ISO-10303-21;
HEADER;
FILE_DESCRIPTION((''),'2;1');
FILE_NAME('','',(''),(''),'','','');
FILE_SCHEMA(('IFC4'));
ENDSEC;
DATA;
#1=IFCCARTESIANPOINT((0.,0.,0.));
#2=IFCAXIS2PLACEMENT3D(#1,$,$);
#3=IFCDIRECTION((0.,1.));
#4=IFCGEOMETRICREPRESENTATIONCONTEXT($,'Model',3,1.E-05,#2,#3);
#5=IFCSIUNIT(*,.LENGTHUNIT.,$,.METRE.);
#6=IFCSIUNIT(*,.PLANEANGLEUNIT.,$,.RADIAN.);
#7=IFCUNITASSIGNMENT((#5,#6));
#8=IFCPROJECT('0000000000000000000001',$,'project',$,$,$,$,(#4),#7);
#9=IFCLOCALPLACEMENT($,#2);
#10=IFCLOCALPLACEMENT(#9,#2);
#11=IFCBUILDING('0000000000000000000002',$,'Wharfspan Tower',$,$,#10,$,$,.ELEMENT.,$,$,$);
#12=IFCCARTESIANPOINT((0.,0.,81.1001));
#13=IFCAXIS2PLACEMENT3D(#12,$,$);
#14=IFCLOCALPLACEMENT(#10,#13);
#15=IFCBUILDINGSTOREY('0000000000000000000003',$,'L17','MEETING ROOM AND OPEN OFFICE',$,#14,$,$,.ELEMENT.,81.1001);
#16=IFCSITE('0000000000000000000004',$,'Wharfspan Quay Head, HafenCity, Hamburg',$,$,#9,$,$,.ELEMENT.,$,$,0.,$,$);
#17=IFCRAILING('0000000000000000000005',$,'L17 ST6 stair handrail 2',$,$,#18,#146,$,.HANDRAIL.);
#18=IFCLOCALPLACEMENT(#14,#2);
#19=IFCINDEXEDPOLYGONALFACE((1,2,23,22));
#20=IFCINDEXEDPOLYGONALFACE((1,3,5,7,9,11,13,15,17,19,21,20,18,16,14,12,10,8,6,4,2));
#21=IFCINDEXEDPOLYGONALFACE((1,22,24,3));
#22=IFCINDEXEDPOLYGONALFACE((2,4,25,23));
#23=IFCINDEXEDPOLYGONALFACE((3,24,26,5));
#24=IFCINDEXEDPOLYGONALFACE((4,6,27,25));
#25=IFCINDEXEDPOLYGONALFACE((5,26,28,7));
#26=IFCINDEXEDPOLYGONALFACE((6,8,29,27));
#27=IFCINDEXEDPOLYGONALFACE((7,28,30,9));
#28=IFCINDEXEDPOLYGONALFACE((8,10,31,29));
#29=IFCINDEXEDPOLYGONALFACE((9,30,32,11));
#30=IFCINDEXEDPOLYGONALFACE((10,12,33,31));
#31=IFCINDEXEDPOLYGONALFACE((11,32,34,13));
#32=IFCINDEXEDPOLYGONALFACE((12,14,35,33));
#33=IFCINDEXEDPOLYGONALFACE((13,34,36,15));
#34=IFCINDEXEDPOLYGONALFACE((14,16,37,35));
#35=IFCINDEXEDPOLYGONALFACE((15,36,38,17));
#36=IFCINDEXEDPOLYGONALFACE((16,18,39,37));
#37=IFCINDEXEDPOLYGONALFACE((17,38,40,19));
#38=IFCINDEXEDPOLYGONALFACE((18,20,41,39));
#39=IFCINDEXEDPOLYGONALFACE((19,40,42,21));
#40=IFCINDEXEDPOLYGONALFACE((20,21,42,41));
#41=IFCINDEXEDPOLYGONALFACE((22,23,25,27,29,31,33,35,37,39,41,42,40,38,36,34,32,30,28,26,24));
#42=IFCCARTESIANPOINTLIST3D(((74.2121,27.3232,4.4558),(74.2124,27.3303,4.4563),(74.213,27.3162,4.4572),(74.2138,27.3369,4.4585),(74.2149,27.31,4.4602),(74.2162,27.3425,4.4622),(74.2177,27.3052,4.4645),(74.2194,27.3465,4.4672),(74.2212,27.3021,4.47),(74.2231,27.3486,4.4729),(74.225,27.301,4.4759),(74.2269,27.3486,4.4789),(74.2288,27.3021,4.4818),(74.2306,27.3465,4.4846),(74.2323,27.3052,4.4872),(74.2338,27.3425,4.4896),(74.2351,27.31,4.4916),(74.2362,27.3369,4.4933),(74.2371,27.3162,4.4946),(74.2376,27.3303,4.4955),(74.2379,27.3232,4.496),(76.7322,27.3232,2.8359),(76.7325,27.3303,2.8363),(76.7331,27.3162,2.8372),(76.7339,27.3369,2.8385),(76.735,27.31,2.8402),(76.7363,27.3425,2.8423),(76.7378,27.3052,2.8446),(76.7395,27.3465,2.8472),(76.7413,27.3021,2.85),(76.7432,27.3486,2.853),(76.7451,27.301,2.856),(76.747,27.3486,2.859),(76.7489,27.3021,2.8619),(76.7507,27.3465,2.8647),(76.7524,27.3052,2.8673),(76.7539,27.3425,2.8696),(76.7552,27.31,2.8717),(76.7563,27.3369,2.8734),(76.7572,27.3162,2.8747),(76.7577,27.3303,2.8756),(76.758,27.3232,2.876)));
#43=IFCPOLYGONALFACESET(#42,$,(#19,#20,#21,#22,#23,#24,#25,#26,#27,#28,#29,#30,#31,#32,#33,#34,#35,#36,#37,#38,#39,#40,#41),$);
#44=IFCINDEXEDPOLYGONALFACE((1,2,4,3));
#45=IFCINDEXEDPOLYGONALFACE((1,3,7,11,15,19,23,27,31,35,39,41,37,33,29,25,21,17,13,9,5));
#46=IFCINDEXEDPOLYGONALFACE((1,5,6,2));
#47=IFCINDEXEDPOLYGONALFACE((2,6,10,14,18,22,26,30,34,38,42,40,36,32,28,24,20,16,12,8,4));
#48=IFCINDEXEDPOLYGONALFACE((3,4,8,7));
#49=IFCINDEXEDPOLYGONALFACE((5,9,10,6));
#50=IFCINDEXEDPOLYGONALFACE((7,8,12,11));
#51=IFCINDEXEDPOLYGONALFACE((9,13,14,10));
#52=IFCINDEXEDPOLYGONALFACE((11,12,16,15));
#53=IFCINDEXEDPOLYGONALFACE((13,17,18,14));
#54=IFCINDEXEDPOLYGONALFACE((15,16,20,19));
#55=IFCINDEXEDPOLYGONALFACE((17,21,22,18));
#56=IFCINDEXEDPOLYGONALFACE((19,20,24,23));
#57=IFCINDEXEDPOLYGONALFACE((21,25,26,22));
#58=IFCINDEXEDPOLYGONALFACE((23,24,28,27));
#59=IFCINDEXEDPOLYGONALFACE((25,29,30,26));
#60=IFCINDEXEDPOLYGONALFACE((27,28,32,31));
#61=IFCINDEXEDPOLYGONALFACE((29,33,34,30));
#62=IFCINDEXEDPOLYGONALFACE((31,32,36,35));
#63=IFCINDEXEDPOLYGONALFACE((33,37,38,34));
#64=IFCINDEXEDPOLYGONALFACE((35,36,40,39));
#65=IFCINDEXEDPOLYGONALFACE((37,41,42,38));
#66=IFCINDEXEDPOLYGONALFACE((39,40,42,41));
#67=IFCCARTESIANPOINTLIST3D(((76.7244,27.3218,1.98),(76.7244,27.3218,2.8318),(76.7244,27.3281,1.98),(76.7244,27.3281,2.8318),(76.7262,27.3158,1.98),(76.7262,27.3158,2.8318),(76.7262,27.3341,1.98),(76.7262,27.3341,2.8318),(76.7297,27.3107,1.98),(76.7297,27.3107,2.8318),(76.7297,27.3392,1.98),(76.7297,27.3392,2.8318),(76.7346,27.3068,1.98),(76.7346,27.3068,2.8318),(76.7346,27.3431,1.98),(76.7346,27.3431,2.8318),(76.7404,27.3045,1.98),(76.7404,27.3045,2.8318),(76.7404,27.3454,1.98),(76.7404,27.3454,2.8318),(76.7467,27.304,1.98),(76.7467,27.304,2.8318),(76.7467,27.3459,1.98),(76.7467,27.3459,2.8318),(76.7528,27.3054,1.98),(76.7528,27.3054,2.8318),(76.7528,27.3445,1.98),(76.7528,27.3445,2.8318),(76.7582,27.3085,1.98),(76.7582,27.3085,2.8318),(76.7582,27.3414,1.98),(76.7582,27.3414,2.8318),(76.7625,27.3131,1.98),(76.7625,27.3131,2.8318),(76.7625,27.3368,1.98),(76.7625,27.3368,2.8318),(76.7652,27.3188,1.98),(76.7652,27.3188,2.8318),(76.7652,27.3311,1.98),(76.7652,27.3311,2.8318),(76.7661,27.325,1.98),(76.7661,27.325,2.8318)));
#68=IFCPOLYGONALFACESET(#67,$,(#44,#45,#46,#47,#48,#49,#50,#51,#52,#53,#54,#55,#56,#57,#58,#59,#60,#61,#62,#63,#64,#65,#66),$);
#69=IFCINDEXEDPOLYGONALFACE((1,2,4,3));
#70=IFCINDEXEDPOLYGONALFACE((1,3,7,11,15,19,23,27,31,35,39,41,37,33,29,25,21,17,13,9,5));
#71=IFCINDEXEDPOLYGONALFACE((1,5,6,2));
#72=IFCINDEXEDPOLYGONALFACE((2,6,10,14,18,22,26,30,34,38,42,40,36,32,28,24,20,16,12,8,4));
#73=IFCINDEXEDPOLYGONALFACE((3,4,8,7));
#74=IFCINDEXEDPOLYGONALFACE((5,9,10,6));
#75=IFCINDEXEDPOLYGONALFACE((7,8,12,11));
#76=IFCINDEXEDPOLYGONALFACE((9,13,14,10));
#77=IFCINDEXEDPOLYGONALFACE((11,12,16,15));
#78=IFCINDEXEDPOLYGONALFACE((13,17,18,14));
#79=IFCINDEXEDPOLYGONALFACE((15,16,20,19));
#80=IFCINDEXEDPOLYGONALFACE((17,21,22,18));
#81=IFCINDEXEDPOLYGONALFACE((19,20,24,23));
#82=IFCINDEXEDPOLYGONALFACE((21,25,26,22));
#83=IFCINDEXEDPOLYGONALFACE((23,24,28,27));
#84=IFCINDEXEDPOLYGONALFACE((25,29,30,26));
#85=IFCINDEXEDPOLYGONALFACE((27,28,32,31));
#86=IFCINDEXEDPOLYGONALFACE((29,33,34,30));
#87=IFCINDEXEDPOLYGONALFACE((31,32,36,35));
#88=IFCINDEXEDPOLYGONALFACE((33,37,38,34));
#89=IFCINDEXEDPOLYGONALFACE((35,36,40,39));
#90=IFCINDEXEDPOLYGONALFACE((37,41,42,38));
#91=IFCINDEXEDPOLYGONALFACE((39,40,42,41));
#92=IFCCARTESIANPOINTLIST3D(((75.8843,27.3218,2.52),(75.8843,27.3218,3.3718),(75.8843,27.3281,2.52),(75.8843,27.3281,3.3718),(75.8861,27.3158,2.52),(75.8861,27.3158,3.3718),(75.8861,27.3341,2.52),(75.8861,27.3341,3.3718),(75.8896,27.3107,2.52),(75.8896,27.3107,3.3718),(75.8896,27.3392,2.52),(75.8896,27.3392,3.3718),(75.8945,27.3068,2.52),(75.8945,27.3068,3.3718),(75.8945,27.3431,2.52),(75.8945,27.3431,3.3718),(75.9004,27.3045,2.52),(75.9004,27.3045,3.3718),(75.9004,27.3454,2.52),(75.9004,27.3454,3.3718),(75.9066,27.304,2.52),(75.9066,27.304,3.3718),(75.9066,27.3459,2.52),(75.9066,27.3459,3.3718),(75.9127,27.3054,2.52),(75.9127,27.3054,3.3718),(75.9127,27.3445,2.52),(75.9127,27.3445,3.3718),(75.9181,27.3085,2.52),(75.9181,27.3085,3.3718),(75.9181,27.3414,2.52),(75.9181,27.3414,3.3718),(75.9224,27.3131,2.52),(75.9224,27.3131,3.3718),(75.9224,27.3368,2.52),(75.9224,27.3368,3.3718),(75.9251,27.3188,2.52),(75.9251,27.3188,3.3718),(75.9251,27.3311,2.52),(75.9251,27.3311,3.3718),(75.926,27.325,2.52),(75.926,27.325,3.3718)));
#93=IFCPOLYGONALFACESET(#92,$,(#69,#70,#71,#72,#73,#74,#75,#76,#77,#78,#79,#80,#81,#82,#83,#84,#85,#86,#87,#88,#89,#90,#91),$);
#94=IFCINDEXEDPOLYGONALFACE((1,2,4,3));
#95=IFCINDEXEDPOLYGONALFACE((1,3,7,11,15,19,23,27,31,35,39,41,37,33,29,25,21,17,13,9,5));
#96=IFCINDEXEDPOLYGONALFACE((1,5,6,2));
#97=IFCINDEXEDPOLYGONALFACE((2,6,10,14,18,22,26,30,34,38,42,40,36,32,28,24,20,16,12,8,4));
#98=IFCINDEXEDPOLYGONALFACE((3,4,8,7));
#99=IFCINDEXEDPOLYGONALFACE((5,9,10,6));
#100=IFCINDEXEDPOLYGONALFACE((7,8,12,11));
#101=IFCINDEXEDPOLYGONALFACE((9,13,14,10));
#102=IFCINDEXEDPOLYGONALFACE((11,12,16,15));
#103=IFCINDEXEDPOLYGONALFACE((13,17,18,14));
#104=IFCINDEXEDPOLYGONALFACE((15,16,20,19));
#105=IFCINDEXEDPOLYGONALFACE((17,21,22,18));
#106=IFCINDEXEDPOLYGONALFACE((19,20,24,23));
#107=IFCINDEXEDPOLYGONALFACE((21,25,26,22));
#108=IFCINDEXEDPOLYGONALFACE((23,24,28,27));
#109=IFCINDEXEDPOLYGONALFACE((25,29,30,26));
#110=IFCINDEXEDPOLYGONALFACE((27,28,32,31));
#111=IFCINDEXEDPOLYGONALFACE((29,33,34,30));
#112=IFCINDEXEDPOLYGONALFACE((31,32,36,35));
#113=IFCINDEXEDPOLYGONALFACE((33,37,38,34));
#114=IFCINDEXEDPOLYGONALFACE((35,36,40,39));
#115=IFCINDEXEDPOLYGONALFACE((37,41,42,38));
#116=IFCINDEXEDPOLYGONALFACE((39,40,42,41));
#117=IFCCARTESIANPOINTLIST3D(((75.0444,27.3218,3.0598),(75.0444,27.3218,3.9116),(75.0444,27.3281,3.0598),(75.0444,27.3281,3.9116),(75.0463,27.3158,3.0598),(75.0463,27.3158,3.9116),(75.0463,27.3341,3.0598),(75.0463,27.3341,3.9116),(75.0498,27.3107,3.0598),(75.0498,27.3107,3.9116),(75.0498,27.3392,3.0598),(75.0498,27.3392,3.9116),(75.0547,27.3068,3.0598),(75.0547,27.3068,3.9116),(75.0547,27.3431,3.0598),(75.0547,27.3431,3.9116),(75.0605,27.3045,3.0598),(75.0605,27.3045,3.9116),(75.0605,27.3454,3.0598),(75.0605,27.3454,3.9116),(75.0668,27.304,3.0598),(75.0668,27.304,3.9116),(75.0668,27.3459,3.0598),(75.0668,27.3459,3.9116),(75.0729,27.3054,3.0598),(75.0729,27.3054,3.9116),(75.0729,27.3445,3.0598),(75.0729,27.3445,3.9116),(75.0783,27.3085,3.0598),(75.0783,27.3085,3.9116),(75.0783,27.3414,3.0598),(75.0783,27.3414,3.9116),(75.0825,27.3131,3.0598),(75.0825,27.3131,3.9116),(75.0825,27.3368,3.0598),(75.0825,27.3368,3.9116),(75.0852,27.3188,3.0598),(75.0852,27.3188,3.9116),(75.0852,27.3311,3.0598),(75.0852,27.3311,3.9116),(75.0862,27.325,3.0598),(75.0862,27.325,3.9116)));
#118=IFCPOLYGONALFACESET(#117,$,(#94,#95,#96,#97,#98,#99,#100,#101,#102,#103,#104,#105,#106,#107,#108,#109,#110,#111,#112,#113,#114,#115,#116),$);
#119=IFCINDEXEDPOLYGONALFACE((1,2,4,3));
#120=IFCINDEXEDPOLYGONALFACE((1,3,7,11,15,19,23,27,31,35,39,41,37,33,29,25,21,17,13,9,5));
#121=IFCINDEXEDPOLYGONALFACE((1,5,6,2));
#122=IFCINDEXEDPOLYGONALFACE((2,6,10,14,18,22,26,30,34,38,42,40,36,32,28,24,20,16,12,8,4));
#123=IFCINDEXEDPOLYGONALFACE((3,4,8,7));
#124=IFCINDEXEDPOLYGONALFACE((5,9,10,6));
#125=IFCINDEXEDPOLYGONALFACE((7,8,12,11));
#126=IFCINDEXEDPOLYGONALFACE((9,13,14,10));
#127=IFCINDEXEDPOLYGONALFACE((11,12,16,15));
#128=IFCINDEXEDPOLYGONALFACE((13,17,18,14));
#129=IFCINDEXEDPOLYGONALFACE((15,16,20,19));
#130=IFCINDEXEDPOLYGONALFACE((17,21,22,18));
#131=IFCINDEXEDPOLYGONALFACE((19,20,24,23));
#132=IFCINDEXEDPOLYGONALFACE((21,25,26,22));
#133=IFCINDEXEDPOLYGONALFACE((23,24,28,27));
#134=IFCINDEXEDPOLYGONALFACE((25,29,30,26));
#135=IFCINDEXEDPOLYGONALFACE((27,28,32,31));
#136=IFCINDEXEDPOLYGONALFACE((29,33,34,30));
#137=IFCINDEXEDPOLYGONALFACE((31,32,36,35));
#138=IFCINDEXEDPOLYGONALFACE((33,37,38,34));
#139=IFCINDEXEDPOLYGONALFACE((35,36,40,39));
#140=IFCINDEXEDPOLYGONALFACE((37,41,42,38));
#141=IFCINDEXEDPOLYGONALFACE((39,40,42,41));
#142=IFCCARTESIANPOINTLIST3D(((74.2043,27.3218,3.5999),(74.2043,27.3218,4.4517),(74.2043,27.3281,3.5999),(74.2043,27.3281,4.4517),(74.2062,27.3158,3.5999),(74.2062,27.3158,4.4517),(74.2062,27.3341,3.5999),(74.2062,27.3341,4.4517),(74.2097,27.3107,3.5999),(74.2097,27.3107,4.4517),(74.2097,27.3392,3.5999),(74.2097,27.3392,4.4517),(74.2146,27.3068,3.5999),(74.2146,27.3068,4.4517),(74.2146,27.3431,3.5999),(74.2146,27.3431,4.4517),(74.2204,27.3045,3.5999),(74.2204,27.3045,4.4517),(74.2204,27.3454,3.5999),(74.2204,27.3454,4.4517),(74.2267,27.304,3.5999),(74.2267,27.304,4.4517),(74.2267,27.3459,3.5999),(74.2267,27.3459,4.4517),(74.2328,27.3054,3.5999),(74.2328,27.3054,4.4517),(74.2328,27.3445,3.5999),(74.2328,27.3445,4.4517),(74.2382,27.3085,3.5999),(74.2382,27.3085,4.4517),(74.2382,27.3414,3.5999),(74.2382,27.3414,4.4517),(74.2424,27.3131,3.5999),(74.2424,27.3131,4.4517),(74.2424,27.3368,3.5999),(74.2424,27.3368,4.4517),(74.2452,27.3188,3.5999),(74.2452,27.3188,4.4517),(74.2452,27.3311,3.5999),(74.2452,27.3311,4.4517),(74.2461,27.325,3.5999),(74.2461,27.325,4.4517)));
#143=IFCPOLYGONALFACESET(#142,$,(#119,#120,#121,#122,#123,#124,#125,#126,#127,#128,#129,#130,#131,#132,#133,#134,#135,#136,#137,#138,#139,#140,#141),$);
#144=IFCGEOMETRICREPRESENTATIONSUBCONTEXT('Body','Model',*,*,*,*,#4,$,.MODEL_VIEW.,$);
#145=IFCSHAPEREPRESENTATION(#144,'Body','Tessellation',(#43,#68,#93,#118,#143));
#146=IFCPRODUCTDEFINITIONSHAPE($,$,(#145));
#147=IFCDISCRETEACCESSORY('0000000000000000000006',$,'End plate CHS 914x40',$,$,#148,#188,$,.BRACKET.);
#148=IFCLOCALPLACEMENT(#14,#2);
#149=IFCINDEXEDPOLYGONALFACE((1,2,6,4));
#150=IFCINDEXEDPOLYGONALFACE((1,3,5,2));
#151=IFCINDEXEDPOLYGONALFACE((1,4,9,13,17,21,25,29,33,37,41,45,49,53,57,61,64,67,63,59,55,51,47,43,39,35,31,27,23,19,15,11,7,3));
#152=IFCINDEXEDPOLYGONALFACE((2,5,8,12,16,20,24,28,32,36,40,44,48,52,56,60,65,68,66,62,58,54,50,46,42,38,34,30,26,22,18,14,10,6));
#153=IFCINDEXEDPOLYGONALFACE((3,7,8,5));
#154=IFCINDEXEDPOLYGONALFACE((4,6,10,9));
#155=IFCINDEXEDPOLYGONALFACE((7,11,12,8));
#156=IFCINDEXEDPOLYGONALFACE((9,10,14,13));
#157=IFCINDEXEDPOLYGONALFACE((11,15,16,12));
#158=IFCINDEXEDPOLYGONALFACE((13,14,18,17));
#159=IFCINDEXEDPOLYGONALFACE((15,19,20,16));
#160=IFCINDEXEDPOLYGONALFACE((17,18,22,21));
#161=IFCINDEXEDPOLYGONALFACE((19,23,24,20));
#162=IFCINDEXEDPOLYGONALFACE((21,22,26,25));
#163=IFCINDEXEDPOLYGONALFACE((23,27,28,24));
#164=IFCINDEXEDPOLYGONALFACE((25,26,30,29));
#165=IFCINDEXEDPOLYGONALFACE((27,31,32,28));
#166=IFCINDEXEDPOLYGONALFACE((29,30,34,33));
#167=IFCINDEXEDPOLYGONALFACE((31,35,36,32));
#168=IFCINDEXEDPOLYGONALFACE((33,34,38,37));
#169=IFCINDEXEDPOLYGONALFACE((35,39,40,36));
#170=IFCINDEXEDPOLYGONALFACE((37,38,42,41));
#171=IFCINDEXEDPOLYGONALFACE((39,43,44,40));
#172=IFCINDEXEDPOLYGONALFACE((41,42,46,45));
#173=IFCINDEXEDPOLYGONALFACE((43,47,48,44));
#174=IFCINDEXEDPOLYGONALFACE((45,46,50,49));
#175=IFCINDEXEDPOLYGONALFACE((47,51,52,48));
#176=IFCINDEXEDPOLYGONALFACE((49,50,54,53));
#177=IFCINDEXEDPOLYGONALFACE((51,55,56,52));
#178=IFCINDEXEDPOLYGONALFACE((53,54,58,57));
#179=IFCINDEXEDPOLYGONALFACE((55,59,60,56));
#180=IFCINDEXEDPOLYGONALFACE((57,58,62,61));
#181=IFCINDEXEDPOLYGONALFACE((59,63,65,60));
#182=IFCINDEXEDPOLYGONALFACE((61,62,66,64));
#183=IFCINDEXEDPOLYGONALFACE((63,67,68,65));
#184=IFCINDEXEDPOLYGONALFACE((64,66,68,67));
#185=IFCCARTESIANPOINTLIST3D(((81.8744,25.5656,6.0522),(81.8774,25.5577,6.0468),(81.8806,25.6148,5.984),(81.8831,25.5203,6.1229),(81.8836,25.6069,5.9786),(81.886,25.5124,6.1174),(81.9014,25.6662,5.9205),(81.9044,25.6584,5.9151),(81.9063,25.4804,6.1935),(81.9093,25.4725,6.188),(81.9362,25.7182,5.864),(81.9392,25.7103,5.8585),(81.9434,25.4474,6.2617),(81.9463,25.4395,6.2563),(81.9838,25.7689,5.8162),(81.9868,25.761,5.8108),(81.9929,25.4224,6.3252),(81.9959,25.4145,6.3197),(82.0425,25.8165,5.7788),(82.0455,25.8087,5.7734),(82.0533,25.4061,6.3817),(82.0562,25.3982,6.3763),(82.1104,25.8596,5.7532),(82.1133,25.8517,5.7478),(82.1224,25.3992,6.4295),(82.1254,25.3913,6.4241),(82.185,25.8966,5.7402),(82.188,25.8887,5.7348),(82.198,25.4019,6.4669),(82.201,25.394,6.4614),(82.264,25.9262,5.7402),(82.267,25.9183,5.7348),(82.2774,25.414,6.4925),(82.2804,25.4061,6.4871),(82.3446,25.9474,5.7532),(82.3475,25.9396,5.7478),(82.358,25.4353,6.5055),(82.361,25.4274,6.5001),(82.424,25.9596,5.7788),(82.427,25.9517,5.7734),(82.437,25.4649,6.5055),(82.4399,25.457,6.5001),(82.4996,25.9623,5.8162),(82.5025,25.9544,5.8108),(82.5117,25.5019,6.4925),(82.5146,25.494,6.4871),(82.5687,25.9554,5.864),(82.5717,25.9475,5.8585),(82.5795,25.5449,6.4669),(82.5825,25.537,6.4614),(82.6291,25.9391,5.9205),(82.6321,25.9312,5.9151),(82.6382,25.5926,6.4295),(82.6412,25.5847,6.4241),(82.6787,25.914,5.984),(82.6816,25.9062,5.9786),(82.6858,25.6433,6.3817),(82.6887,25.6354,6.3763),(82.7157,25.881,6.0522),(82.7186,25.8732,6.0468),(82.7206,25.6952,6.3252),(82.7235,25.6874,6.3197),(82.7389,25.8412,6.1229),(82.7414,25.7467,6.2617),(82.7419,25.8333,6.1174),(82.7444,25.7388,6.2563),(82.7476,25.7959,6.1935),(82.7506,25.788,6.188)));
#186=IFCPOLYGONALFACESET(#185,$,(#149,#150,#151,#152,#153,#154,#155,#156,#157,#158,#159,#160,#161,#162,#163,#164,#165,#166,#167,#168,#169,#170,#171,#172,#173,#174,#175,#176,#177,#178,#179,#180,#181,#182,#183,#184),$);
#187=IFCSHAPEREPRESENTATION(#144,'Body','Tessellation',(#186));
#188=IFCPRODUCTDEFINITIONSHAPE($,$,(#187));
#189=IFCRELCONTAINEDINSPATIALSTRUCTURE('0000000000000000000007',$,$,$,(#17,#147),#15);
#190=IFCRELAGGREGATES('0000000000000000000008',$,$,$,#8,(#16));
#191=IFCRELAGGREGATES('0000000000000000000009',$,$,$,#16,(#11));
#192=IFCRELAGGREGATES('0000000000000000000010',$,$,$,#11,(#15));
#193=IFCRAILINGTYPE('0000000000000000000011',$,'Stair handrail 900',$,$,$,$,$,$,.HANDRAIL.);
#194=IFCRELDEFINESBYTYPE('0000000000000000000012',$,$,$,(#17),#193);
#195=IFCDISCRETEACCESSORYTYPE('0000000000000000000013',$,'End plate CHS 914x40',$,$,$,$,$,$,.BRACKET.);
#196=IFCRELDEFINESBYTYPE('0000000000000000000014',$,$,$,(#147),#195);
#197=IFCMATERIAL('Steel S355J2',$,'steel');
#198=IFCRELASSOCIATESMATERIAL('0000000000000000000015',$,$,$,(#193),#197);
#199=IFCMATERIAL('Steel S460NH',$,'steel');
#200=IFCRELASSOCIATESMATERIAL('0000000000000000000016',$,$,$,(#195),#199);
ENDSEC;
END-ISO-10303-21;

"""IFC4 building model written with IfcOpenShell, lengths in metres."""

from ifc_helpers import new_model, si_unit, direction, frame, origin, origin_2d, place, context, subcontext, project, spatial, circle, extrude, material, material_profile, profile_set, type_object, element, save


model = new_model("IFC4")

# Units and contexts
model_context = context("Model", 3, precision=1e-05, world=origin(), true_north=direction((0.0, 1.0)))
body_context = subcontext(model_context, "Body", "Model", "MODEL_VIEW")
ifc_project = project(units=[si_unit("LENGTHUNIT", "METRE"), si_unit("PLANEANGLEUNIT", "RADIAN")], contexts=[model_context])

# Site, building, storey
site_placement = place(None, origin())
site = spatial("IfcSite", under=ifc_project, at=site_placement, Name="Wharfspan Quay Head, HafenCity, Hamburg", CompositionType="ELEMENT", RefElevation=0.0)
building_placement = place(site_placement, origin())
building = spatial("IfcBuilding", under=site, at=building_placement, Name="Wharfspan Tower", CompositionType="ELEMENT")
storey_placement = place(building_placement, frame((0.0, 0.0, 81.1001)))
storey = spatial("IfcBuildingStorey", under=building, at=storey_placement, Name="L17", Description="MEETING ROOM AND OPEN OFFICE", CompositionType="ELEMENT", Elevation=81.1001)

# Shared definitions
ifc_material_1 = material(Name="Steel S355J2", Category="steel")

# Shared definitions
ifc_material_2 = material(Name="Steel S460NH", Category="steel")

# Railing
railing_type = type_object("IfcRailingType", Name="Stair handrail 900", PredefinedType="HANDRAIL", material=ifc_material_1)
railing_placement = place(storey_placement, frame((76.7451, 27.325, 1.98)))
element("IfcRailing", 1, at=railing_placement, inside=storey, type_object=railing_type, Name="L17 ST6 stair handrail 2", PredefinedType="HANDRAIL", context=body_context, shape_type="SweptSolid", body=[
    extrude(circle(Radius=0.0239, at=origin_2d()), frame((0.0, 0.0, 0.876), z_axis=(-0.8412, 0.0, 0.540725), x_axis=(0.0, -1.0, 0.0)), (0.0, 0.0, 1.0), 2.9958),
    extrude(circle(Radius=0.021, at=origin_2d()), origin(), (0.0, 0.0, 1.0), 0.8518),
    extrude(circle(Radius=0.021, at=origin_2d()), frame((-0.8401, 0.0, 0.54)), (0.0, 0.0, 1.0), 0.8518),
    extrude(circle(Radius=0.021, at=origin_2d()), frame((-1.6799, 0.0, 1.0798)), (0.0, 0.0, 1.0), 0.8518),
    extrude(circle(Radius=0.021, at=origin_2d()), frame((-2.52, 0.0, 1.6199)), (0.0, 0.0, 1.0), 0.8518),
])

# Discrete accessory
ifc_material_profile_1 = material_profile(ifc_material_2, circle(Radius=0.457, at=origin_2d()))
ifc_profile_set_1 = profile_set([ifc_material_profile_1], Name="Steel S460NH")
discrete_accessory_type = type_object("IfcDiscreteAccessoryType", Name="End plate CHS 914x40", PredefinedType="BRACKET", material=ifc_profile_set_1)
for number, where, z_axis, x_axis, name in (
    (2, (82.314, 25.6729, 6.1174), (-0.295241, 0.787309, 0.541275), (-0.936333, -0.351125, 0.0), "End plate CHS 914x40"),
):
    element("IfcDiscreteAccessory", number, at=place(storey_placement, frame(where, z_axis=z_axis, x_axis=x_axis)), inside=storey, type_object=discrete_accessory_type, Name=name, PredefinedType="BRACKET", context=body_context, shape_type="SweptSolid", body=[
        extrude(circle(Radius=0.457, at=origin_2d()), origin(), (0.0, 0.0, 1.0), 0.01),
    ])

save(model, "model.ifc")
